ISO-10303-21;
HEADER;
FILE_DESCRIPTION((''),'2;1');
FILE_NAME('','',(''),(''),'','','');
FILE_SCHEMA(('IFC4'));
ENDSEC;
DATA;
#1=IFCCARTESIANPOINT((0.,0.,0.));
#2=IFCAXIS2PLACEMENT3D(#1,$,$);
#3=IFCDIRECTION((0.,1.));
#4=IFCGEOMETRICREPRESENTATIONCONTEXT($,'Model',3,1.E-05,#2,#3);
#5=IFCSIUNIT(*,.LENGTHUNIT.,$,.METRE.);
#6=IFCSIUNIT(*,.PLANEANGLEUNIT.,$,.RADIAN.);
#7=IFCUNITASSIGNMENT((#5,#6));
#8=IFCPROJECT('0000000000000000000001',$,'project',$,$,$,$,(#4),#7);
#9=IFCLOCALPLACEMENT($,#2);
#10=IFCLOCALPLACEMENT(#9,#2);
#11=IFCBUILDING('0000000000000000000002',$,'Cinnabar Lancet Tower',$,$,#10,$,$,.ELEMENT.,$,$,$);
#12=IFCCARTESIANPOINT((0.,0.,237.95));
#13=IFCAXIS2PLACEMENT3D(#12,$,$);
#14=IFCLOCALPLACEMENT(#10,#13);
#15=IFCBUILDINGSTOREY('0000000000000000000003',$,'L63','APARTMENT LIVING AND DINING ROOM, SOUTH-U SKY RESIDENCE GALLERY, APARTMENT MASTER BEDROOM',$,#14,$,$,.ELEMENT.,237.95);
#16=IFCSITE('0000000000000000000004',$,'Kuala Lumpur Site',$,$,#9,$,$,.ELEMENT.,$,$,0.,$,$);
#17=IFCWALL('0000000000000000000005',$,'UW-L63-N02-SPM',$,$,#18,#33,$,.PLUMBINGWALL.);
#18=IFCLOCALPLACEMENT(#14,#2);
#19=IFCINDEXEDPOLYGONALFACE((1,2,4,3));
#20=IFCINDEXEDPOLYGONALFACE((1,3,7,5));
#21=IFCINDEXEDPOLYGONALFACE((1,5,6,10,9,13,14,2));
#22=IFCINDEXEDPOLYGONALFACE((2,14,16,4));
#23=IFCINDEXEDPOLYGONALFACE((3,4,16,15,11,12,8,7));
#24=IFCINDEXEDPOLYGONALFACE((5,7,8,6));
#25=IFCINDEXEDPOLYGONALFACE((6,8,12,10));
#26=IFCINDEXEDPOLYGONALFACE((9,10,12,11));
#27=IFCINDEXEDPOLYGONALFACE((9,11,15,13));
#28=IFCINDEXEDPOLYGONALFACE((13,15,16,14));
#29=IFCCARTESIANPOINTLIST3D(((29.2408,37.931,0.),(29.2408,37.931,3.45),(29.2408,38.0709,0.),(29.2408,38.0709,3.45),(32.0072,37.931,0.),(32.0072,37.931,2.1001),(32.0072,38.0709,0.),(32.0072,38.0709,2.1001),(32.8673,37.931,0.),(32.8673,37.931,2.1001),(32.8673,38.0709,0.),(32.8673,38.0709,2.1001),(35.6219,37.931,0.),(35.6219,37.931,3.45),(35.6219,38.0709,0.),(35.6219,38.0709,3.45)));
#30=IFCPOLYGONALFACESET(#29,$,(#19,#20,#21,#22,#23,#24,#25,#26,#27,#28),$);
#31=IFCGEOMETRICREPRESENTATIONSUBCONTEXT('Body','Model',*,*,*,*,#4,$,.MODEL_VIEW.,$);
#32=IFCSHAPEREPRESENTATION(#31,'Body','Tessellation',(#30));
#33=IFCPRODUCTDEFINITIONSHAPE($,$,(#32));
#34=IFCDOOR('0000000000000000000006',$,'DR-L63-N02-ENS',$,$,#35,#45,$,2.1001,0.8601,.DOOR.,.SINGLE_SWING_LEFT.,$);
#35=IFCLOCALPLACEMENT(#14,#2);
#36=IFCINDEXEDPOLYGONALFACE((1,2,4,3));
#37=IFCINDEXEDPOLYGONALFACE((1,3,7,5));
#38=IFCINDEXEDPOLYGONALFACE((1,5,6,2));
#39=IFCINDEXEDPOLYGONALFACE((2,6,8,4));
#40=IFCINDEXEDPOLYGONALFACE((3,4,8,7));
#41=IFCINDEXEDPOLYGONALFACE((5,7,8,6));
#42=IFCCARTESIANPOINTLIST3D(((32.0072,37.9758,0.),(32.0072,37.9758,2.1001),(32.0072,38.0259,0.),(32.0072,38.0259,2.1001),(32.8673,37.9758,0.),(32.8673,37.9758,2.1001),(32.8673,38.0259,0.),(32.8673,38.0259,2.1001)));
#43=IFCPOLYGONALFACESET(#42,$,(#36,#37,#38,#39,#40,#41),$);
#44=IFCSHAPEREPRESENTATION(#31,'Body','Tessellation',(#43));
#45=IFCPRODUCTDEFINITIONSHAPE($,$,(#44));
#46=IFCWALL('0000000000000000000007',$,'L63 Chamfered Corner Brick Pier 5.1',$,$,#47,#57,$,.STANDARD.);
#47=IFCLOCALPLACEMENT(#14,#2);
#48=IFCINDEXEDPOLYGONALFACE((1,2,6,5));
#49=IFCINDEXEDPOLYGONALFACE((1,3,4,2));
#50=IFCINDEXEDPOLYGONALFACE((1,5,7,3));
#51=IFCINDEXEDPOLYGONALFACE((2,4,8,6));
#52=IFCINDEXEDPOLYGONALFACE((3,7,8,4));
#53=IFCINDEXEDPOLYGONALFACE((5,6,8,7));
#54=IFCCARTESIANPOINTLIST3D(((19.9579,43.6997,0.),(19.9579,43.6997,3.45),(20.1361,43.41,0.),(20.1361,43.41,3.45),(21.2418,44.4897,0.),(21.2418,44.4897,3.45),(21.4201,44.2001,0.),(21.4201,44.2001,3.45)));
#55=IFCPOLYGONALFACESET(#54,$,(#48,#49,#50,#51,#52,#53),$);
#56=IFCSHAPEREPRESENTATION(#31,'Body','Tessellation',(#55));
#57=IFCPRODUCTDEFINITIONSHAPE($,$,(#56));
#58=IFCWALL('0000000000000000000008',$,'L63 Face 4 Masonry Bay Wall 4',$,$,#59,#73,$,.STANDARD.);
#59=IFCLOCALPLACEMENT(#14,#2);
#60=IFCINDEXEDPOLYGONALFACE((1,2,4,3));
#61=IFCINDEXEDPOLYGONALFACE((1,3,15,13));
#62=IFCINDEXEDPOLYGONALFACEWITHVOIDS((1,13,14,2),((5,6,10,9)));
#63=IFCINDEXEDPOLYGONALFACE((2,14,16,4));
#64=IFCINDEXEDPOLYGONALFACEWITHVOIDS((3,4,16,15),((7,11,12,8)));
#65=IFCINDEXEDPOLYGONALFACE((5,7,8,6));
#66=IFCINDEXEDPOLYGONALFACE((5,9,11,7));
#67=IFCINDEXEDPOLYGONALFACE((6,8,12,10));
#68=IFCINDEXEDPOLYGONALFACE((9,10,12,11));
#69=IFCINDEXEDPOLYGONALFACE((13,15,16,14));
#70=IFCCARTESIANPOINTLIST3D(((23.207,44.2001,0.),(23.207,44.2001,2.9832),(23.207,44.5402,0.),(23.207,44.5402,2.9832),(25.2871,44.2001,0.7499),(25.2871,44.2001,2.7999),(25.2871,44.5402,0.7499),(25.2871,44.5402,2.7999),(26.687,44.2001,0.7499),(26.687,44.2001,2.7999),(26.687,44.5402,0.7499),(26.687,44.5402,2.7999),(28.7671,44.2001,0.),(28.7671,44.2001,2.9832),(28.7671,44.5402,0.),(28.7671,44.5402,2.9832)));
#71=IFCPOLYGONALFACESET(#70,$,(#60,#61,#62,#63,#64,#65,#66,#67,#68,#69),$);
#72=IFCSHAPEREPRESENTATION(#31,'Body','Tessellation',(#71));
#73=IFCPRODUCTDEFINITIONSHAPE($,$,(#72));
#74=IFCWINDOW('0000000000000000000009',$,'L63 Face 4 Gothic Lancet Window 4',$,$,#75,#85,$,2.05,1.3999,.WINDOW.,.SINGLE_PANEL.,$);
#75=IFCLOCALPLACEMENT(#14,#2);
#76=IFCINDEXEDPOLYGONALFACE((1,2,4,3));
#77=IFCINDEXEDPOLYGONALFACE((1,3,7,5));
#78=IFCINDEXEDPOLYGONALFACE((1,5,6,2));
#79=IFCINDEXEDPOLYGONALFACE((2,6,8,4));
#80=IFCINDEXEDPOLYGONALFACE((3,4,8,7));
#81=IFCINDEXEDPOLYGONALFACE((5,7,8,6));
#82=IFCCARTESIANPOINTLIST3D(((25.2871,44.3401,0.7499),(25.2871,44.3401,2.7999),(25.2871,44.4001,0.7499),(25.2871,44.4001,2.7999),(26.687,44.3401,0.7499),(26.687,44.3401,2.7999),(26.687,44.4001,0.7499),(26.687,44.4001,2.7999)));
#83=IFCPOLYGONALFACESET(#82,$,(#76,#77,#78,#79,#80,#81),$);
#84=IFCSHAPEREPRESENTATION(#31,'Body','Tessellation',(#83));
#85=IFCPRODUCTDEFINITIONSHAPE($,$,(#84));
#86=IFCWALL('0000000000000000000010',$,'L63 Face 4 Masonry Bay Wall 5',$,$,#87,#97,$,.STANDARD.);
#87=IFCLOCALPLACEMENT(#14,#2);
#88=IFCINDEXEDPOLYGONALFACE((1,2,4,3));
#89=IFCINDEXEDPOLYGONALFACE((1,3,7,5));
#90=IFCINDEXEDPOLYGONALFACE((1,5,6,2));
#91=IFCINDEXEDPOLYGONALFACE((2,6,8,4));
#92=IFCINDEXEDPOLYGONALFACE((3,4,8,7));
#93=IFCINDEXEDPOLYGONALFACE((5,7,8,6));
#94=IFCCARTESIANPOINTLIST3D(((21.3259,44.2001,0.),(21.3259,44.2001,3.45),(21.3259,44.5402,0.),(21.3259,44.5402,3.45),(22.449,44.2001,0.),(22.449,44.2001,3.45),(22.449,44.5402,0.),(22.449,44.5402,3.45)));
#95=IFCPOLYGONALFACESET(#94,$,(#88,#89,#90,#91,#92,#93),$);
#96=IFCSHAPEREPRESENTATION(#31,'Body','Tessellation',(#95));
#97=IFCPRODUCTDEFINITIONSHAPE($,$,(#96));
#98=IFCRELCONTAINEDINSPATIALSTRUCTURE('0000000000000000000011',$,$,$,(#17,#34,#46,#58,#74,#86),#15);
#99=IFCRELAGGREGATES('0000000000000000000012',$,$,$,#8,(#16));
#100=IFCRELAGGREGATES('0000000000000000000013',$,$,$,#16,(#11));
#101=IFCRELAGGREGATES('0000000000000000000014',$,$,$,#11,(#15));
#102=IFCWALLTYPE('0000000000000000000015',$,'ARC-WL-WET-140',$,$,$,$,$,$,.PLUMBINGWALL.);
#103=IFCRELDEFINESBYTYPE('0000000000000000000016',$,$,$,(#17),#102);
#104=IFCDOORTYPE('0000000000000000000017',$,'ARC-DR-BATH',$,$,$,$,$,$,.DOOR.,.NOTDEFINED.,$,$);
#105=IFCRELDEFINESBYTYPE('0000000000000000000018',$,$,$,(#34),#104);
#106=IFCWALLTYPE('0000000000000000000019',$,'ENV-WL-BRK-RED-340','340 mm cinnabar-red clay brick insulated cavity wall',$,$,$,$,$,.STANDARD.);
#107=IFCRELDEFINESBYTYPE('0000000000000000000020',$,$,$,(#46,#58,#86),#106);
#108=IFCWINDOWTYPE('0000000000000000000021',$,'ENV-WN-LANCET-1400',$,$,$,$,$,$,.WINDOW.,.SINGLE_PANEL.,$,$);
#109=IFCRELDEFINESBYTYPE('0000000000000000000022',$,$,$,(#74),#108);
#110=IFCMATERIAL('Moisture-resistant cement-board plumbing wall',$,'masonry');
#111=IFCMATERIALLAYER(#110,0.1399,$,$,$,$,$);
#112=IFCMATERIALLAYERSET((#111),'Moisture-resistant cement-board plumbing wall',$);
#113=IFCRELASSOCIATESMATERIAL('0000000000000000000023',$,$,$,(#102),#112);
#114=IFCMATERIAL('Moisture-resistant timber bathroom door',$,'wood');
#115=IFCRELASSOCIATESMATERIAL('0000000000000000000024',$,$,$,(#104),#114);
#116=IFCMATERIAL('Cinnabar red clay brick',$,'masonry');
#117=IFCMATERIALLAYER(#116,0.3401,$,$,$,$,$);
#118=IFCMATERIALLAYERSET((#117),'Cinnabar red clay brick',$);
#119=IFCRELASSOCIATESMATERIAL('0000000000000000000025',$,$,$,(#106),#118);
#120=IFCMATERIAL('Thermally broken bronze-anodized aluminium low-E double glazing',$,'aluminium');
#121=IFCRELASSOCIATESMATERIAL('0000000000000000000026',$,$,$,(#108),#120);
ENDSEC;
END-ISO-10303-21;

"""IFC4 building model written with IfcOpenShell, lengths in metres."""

from ifc_helpers import new_model, si_unit, direction, frame, frame_2d, origin, place, context, subcontext, project, spatial, rectangle, extrude, material, layer, layer_set, type_object, element, fill, save


model = new_model("IFC4")

# Units and contexts
model_context = context("Model", 3, precision=1e-05, world=origin(), true_north=direction((0.0, 1.0)))
body_context = subcontext(model_context, "Body", "Model", "MODEL_VIEW")
ifc_project = project(units=[si_unit("LENGTHUNIT", "METRE"), si_unit("PLANEANGLEUNIT", "RADIAN")], contexts=[model_context])

# Site, building, storey
site_placement = place(None, origin())
site = spatial("IfcSite", under=ifc_project, at=site_placement, Name="Kuala Lumpur Site", CompositionType="ELEMENT", RefElevation=0.0)
building_placement = place(site_placement, origin())
building = spatial("IfcBuilding", under=site, at=building_placement, Name="Cinnabar Lancet Tower", CompositionType="ELEMENT")
storey_placement = place(building_placement, frame((0.0, 0.0, 237.95)))
storey = spatial("IfcBuildingStorey", under=building, at=storey_placement, Name="L63", Description="APARTMENT LIVING AND DINING ROOM, SOUTH-U SKY RESIDENCE GALLERY, APARTMENT MASTER BEDROOM", CompositionType="ELEMENT", Elevation=237.95)

# Shared definitions
ifc_material_1 = material(Name="Moisture-resistant cement-board plumbing wall", Category="masonry")
ifc_layer_1 = layer(ifc_material_1, 0.1399)
ifc_layer_set_1 = layer_set([ifc_layer_1], Name="Moisture-resistant cement-board plumbing wall")
wall_type_1 = type_object("IfcWallType", Name="ARC-WL-WET-140", PredefinedType="PLUMBINGWALL", material=ifc_layer_set_1)
ifc_material_2 = material(Name="Moisture-resistant timber bathroom door", Category="wood")
door_type_1 = type_object("IfcDoorType", Name="ARC-DR-BATH", OperationType="NOTDEFINED", PredefinedType="DOOR", material=ifc_material_2)

# Wall, opening, door
wall_1_placement = place(storey_placement, frame((29.241, 38.001, 0.0), z_axis=(0.0, 0.0, 1.0), x_axis=(1.0, 0.0, 0.0)))
wall_1 = element("IfcWall", 1, at=wall_1_placement, inside=storey, type_object=wall_type_1, Name="UW-L63-N02-SPM", PredefinedType="PLUMBINGWALL", context=body_context, shape_type="SweptSolid", body=[
    extrude(rectangle(XDim=6.3811, YDim=0.1399, at=frame_2d((3.1904, 0.0))), origin(), (0.0, 0.0, 1.0), 3.45),
])
opening_1_placement = place(wall_1_placement, frame((2.7661, 0.0, 0.0)))
opening_1 = element("IfcOpeningElement", 2, at=opening_1_placement, cuts=wall_1, PredefinedType="OPENING", context=body_context, shape_type="SweptSolid", body=[
    extrude(rectangle(XDim=0.8601, YDim=2.1001, at=frame_2d((0.4302, 1.05))), frame((0.0, 0.0798, 0.0), z_axis=(0.0, -1.0, 0.0), x_axis=(1.0, 0.0, 0.0)), (0.0, 0.0, 1.0), 0.1599),
])
door_1_placement = place(opening_1_placement, origin())
door_1 = element("IfcDoor", 3, at=door_1_placement, inside=storey, type_object=door_type_1, Name="DR-L63-N02-ENS", OperationType="SINGLE_SWING_LEFT", OverallHeight=2.1001, OverallWidth=0.8601, PredefinedType="DOOR", context=body_context, shape_type="SweptSolid", body=[
    extrude(rectangle(XDim=0.8601, YDim=2.1001, at=frame_2d((0.4302, 1.05))), frame((0.0, 0.0249, 0.0), z_axis=(0.0, -1.0, 0.0), x_axis=(1.0, 0.0, 0.0)), (0.0, 0.0, 1.0), 0.05),
])
fill(opening_1, door_1)

# Wall
ifc_material_3 = material(Name="Cinnabar red clay brick", Category="masonry")
ifc_layer_2 = layer(ifc_material_3, 0.3401)
ifc_layer_set_2 = layer_set([ifc_layer_2], Name="Cinnabar red clay brick")
wall_type_2 = type_object("IfcWallType", Name="ENV-WL-BRK-RED-340", Description="340 mm cinnabar-red clay brick insulated cavity wall", PredefinedType="STANDARD", material=ifc_layer_set_2)
wall_2_placement = place(storey_placement, frame((21.3311, 44.345, 0.0), z_axis=(0.0, 0.0, 1.0), x_axis=(-0.851681, -0.524061, 0.0)))
element("IfcWall", 4, at=wall_2_placement, inside=storey, type_object=wall_type_2, Name="L63 Chamfered Corner Brick Pier 5.1", PredefinedType="STANDARD", context=body_context, shape_type="SweptSolid", body=[
    extrude(rectangle(XDim=1.5076, YDim=0.3401, at=frame_2d((0.7539, 0.0))), origin(), (0.0, 0.0, 1.0), 3.45),
])

# Wall, opening, window
wall_3_placement = place(storey_placement, frame((28.7671, 44.3701, 0.0), z_axis=(0.0, 0.0, 1.0), x_axis=(-1.0, 0.0, 0.0)))
wall_3 = element("IfcWall", 5, at=wall_3_placement, inside=storey, type_object=wall_type_2, Name="L63 Face 4 Masonry Bay Wall 4", PredefinedType="STANDARD", context=body_context, shape_type="SweptSolid", body=[
    extrude(rectangle(XDim=5.5601, YDim=0.3401, at=frame_2d((2.78, 0.0))), origin(), (0.0, 0.0, 1.0), 2.9832),
])
opening_2_placement = place(wall_3_placement, frame((2.0801, 0.0, 0.75)))
opening_2 = element("IfcOpeningElement", 6, at=opening_2_placement, cuts=wall_3, PredefinedType="OPENING", context=body_context, shape_type="SweptSolid", body=[
    extrude(rectangle(XDim=1.3999, YDim=2.05, at=frame_2d((0.7, 1.0249))), frame((0.0, 0.1799, 0.0), z_axis=(0.0, -1.0, 0.0), x_axis=(1.0, 0.0, 0.0)), (0.0, 0.0, 1.0), 0.3601),
])
ifc_material_4 = material(Name="Thermally broken bronze-anodized aluminium low-E double glazing", Category="aluminium")
window_type = type_object("IfcWindowType", Name="ENV-WN-LANCET-1400", PartitioningType="SINGLE_PANEL", PredefinedType="WINDOW", material=ifc_material_4)
window_placement = place(opening_2_placement, origin())
window = element("IfcWindow", 7, at=window_placement, inside=storey, type_object=window_type, Name="L63 Face 4 Gothic Lancet Window 4", OverallHeight=2.05, OverallWidth=1.3999, PartitioningType="SINGLE_PANEL", PredefinedType="WINDOW", context=body_context, shape_type="SweptSolid", body=[
    extrude(rectangle(XDim=1.3999, YDim=2.05, at=frame_2d((0.7, 1.0249))), frame((0.0, 0.03, 0.0), z_axis=(0.0, -1.0, 0.0), x_axis=(1.0, 0.0, 0.0)), (0.0, 0.0, 1.0), 0.0601),
])
fill(opening_2, window)

# Wall
wall_4_placement = place(storey_placement, frame((22.449, 44.3701, 0.0), z_axis=(0.0, 0.0, 1.0), x_axis=(-1.0, 0.0, 0.0)))
element("IfcWall", 8, at=wall_4_placement, inside=storey, type_object=wall_type_2, Name="L63 Face 4 Masonry Bay Wall 5", PredefinedType="STANDARD", context=body_context, shape_type="SweptSolid", body=[
    extrude(rectangle(XDim=1.123, YDim=0.3401, at=frame_2d((0.5615, 0.0))), origin(), (0.0, 0.0, 1.0), 3.45),
])

save(model, "model.ifc")
